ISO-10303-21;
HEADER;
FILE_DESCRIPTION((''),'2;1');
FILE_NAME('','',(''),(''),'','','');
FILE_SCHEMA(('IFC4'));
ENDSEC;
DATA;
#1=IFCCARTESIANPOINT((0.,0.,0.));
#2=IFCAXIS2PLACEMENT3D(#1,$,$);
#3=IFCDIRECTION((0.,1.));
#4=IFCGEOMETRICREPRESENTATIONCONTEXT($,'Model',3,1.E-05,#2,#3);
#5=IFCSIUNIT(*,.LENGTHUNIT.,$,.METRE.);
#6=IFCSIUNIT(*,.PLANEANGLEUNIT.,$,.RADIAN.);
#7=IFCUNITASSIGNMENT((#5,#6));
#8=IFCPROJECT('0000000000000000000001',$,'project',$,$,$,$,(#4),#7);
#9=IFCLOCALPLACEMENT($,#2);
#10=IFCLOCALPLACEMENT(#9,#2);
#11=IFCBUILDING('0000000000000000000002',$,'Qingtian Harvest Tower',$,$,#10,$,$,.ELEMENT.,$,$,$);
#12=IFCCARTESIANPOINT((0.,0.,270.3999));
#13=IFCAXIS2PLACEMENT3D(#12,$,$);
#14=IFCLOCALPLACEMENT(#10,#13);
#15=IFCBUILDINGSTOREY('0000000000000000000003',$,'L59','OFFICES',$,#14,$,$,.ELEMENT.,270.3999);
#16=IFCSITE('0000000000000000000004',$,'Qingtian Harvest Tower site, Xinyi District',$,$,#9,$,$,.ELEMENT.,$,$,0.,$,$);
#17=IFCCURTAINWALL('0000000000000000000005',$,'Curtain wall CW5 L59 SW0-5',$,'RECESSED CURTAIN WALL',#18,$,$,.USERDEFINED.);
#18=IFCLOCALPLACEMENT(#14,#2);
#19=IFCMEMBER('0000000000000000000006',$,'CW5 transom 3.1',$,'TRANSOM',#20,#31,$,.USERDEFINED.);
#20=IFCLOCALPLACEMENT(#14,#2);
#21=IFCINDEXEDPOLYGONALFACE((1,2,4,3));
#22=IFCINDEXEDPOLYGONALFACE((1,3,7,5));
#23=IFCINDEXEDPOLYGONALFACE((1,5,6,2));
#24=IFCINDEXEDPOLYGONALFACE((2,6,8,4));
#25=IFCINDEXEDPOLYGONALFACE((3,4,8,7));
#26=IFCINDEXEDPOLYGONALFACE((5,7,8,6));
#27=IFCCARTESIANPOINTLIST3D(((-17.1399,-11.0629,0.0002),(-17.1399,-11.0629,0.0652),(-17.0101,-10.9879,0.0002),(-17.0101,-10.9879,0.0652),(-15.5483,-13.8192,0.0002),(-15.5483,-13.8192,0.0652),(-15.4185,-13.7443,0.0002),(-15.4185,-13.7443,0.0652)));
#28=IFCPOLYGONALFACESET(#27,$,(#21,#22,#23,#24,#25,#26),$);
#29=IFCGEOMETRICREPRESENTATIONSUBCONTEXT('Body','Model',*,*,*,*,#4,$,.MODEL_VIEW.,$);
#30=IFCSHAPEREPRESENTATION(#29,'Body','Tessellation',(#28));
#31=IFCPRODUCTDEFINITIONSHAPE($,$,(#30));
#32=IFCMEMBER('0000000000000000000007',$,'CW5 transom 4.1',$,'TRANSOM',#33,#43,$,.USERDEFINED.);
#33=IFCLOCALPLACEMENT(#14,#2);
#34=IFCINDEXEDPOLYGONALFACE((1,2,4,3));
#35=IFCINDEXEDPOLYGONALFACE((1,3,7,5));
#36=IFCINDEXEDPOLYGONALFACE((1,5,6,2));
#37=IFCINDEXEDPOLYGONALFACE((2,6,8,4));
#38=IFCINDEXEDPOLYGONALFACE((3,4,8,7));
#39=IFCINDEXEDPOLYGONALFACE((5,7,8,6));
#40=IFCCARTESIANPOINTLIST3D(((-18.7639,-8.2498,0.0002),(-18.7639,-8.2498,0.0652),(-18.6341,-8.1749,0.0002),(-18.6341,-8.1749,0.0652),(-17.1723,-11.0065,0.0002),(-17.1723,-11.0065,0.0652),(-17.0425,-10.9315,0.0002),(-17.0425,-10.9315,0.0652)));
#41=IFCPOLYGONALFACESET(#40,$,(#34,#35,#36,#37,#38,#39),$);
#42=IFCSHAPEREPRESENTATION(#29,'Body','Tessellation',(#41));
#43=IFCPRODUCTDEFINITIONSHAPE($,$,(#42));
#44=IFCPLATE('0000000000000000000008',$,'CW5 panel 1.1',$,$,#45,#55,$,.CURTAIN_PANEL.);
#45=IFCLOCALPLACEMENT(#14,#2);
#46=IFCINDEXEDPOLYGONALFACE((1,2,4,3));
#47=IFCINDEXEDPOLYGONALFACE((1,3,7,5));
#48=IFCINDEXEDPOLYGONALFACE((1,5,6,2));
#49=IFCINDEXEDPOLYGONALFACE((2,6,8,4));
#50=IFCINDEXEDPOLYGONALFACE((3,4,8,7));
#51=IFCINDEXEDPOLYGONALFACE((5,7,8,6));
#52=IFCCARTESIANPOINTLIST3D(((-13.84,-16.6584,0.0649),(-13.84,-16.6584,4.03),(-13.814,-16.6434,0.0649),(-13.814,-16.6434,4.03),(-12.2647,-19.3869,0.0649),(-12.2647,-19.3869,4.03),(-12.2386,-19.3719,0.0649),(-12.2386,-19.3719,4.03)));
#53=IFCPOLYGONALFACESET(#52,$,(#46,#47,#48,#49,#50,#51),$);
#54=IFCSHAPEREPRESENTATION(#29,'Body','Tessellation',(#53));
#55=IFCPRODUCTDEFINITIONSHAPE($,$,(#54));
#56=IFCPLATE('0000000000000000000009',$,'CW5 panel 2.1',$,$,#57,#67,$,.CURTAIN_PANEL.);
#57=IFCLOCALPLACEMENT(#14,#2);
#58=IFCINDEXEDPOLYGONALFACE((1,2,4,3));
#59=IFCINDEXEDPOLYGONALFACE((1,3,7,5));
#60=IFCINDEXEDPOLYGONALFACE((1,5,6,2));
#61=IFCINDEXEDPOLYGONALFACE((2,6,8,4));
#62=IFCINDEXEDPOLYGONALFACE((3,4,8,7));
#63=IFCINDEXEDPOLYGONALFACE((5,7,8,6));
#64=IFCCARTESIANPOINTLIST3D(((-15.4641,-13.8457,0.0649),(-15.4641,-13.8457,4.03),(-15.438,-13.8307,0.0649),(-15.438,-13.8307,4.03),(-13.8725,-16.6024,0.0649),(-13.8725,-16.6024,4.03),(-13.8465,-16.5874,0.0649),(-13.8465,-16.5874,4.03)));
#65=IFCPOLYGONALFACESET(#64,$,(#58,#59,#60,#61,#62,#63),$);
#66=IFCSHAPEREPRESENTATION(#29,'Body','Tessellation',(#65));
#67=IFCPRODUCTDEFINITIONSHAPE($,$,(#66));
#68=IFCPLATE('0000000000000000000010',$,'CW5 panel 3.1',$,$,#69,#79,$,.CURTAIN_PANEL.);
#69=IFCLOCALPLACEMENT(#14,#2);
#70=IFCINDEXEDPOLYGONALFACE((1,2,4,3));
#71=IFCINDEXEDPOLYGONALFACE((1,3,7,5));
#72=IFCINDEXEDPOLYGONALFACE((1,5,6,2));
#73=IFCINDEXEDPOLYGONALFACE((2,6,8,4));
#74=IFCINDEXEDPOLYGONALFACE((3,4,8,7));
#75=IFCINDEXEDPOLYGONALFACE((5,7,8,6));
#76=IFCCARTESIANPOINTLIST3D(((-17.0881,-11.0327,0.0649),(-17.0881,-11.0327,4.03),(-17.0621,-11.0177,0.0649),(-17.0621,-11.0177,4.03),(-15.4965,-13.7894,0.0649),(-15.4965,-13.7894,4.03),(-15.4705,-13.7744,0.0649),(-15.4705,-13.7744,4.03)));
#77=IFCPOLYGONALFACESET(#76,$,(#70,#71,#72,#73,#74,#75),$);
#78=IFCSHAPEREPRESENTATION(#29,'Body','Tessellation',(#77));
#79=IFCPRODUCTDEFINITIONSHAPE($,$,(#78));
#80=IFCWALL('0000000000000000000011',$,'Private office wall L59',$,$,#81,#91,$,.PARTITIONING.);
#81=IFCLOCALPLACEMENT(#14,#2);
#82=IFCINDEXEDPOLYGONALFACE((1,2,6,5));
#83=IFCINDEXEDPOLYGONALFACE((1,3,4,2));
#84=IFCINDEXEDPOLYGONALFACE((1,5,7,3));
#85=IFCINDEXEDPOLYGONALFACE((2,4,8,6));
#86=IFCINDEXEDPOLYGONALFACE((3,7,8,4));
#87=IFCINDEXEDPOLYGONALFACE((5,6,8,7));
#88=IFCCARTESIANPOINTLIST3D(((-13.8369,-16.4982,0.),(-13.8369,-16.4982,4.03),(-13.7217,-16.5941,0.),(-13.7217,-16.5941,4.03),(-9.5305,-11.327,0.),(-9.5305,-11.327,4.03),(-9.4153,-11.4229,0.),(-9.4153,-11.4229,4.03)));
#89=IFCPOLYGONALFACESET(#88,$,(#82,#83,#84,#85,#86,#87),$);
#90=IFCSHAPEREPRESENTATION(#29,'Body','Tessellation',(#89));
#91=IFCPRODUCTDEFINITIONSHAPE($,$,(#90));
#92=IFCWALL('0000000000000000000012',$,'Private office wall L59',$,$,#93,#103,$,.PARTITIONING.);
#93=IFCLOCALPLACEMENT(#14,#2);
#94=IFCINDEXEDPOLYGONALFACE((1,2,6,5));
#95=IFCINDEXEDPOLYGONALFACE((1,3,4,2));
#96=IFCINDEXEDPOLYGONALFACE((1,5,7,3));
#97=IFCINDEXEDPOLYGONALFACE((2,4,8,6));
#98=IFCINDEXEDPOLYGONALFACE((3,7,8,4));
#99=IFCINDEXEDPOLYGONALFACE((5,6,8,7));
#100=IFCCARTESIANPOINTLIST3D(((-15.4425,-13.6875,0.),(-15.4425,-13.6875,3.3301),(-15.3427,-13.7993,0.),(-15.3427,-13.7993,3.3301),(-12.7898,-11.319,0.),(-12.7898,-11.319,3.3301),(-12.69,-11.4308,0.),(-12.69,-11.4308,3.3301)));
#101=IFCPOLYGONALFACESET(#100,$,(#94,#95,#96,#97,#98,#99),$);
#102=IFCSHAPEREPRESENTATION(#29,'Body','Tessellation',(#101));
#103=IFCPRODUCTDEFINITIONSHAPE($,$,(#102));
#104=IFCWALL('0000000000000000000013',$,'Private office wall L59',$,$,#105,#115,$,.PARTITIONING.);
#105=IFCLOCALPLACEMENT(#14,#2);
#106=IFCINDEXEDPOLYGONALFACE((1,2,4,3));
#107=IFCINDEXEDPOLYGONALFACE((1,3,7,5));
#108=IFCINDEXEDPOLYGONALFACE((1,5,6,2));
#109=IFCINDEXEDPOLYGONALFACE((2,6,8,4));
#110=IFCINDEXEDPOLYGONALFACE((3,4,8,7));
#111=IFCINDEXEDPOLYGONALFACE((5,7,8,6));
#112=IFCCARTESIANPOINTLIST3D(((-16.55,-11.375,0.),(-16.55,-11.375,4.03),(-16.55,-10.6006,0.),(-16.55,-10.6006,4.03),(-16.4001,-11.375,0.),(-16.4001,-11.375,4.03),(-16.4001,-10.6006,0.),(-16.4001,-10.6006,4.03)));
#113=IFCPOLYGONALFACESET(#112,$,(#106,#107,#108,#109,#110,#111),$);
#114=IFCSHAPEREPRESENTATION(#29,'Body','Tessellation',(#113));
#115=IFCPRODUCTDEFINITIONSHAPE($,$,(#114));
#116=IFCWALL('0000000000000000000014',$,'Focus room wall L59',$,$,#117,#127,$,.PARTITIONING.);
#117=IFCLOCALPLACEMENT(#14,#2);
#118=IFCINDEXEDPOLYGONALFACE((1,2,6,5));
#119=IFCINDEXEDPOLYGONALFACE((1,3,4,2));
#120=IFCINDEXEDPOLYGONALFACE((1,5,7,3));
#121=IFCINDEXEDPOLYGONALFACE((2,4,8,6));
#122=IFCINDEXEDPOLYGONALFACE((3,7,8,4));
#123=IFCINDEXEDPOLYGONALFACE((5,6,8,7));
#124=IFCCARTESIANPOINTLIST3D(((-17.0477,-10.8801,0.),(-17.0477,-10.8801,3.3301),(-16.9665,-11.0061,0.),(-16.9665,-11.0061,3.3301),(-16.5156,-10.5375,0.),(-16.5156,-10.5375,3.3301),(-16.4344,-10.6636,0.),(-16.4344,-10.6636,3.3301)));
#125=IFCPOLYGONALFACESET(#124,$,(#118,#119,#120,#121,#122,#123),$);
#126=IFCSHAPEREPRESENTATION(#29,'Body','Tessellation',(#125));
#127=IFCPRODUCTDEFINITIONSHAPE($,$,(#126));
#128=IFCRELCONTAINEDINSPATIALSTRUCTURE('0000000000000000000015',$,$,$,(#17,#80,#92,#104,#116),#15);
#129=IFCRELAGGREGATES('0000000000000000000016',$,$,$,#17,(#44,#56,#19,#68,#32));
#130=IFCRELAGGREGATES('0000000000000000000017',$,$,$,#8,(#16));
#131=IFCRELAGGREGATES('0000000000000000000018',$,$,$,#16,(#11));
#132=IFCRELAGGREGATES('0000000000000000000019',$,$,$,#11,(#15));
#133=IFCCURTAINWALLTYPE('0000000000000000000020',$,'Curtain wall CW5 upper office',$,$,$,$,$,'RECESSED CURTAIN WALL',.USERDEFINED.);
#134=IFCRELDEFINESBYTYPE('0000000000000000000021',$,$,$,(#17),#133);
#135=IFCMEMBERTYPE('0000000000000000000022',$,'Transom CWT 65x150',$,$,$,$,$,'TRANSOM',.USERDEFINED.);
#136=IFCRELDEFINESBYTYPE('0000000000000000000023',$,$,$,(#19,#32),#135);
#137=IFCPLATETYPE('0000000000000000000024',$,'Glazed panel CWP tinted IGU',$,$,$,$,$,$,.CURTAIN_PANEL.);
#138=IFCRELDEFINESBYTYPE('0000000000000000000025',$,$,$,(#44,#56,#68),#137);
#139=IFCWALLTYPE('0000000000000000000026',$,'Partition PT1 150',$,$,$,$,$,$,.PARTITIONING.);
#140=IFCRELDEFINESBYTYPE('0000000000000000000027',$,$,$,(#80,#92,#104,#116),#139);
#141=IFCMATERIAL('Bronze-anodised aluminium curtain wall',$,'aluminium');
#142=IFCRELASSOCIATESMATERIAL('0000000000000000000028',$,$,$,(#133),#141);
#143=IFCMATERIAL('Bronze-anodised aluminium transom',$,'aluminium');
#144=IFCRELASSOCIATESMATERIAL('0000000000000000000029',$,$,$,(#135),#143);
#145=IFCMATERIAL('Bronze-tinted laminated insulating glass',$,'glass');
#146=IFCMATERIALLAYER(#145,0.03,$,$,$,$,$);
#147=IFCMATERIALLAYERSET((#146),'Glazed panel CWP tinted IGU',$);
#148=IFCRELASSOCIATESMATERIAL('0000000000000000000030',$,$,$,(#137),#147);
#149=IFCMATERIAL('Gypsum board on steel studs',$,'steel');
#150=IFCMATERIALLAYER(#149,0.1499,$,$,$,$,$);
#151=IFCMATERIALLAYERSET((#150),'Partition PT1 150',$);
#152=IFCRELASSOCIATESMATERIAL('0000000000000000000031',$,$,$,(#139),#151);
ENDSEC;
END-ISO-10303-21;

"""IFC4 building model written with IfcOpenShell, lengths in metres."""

from ifc_helpers import new_model, si_unit, direction, frame, frame_2d, origin, origin_2d, place, context, subcontext, project, spatial, rectangle, extrude, material, layer, layer_set, material_profile, profile_set, type_object, element, aggregate, save


model = new_model("IFC4")

# Units and contexts
model_context = context("Model", 3, precision=1e-05, world=origin(), true_north=direction((0.0, 1.0)))
body_context = subcontext(model_context, "Body", "Model", "MODEL_VIEW")
ifc_project = project(units=[si_unit("LENGTHUNIT", "METRE"), si_unit("PLANEANGLEUNIT", "RADIAN")], contexts=[model_context])

# Site, building, storey
site_placement = place(None, origin())
site = spatial("IfcSite", under=ifc_project, at=site_placement, Name="Qingtian Harvest Tower site, Xinyi District", CompositionType="ELEMENT", RefElevation=0.0)
building_placement = place(site_placement, origin())
building = spatial("IfcBuilding", under=site, at=building_placement, Name="Qingtian Harvest Tower", CompositionType="ELEMENT")
storey_placement = place(building_placement, frame((0.0, 0.0, 270.3999)))
storey = spatial("IfcBuildingStorey", under=building, at=storey_placement, Name="L59", Description="OFFICES", CompositionType="ELEMENT", Elevation=270.3999)

# Curtain wall
ifc_material_1 = material(Name="Bronze-anodised aluminium curtain wall", Category="aluminium")
curtain_wall_type = type_object("IfcCurtainWallType", Name="Curtain wall CW5 upper office", ElementType="RECESSED CURTAIN WALL", PredefinedType="USERDEFINED", material=ifc_material_1)
curtain_wall_placement = place(storey_placement, origin())
curtain_wall = element("IfcCurtainWall", 1, at=curtain_wall_placement, inside=storey, type_object=curtain_wall_type, Name="Curtain wall CW5 L59 SW0-5", ObjectType="RECESSED CURTAIN WALL", PredefinedType="USERDEFINED")

# Members
ifc_material_2 = material(Name="Bronze-anodised aluminium transom", Category="aluminium")
ifc_material_profile_1 = material_profile(ifc_material_2, rectangle(XDim=0.1499, YDim=0.0649, at=origin_2d()), Name="AL 65x150")
ifc_profile_set_1 = profile_set([ifc_material_profile_1], Name="Bronze-anodised aluminium transom")
member_type_1 = type_object("IfcMemberType", Name="Transom CWT 65x150", ElementType="TRANSOM", PredefinedType="USERDEFINED", material=ifc_profile_set_1)
member_1_placement = place(storey_placement, frame((-15.4834, -13.7817, 0.0327), z_axis=(-0.500041, 0.866002, 0.0), x_axis=(-0.866002, -0.500041, 0.0)))
member_1 = element("IfcMember", 2, at=member_1_placement, type_object=member_type_1, Name="CW5 transom 3.1", ObjectType="TRANSOM", PredefinedType="USERDEFINED", context=body_context, shape_type="SweptSolid", body=[
    extrude(rectangle(XDim=0.1499, YDim=0.0649, at=origin_2d()), origin(), (0.0, 0.0, 1.0), 3.1829),
])
member_2_placement = place(storey_placement, frame((-17.1074, -10.969, 0.0327), z_axis=(-0.500008, 0.866021, 0.0), x_axis=(-0.866021, -0.500008, 0.0)))
member_2 = element("IfcMember", 3, at=member_2_placement, type_object=member_type_1, Name="CW5 transom 4.1", ObjectType="TRANSOM", PredefinedType="USERDEFINED", context=body_context, shape_type="SweptSolid", body=[
    extrude(rectangle(XDim=0.1499, YDim=0.0649, at=origin_2d()), origin(), (0.0, 0.0, 1.0), 3.1831),
])

# Plates
ifc_material_3 = material(Name="Bronze-tinted laminated insulating glass", Category="glass")
ifc_layer_1 = layer(ifc_material_3, 0.03)
ifc_layer_set_1 = layer_set([ifc_layer_1], Name="Glazed panel CWP tinted IGU")
plate_type = type_object("IfcPlateType", Name="Glazed panel CWP tinted IGU", PredefinedType="CURTAIN_PANEL", material=ifc_layer_set_1)
plate_1_placement = place(storey_placement, frame((-13.0393, -18.0151, 0.0649), z_axis=(0.0, 0.0, 1.0), x_axis=(-0.5, 0.866025, 0.0)))
plate_1 = element("IfcPlate", 4, at=plate_1_placement, type_object=plate_type, Name="CW5 panel 1.1", PredefinedType="CURTAIN_PANEL", context=body_context, shape_type="SweptSolid", body=[
    extrude(rectangle(XDim=3.1506, YDim=0.03, at=origin_2d()), origin(), (0.0, 0.0, 1.0), 3.9651),
])
plate_2_placement = place(storey_placement, frame((-14.6553, -15.2166, 0.0649), z_axis=(0.0, 0.0, 1.0), x_axis=(-0.5, 0.866025, 0.0)))
plate_2 = element("IfcPlate", 5, at=plate_2_placement, type_object=plate_type, Name="CW5 panel 2.1", PredefinedType="CURTAIN_PANEL", context=body_context, shape_type="SweptSolid", body=[
    extrude(rectangle(XDim=3.1831, YDim=0.03, at=origin_2d()), origin(), (0.0, 0.0, 1.0), 3.9651),
])
plate_3_placement = place(storey_placement, frame((-16.2793, -12.4036, 0.0649), z_axis=(0.0, 0.0, 1.0), x_axis=(-0.5, 0.866025, 0.0)))
plate_3 = element("IfcPlate", 6, at=plate_3_placement, type_object=plate_type, Name="CW5 panel 3.1", PredefinedType="CURTAIN_PANEL", context=body_context, shape_type="SweptSolid", body=[
    extrude(rectangle(XDim=3.1831, YDim=0.03, at=origin_2d()), origin(), (0.0, 0.0, 1.0), 3.9651),
])
aggregate(curtain_wall, [plate_1, plate_2, member_1, plate_3, member_2])

# Walls
ifc_material_4 = material(Name="Gypsum board on steel studs", Category="steel")
ifc_layer_2 = layer(ifc_material_4, 0.1499)
ifc_layer_set_2 = layer_set([ifc_layer_2], Name="Partition PT1 150")
wall_type = type_object("IfcWallType", Name="Partition PT1 150", PredefinedType="PARTITIONING", material=ifc_layer_set_2)
wall_1_placement = place(storey_placement, frame((-13.7793, -16.5461, 0.0), z_axis=(0.0, 0.0, 1.0), x_axis=(0.639931, 0.768432, 0.0)))
element("IfcWall", 7, at=wall_1_placement, inside=storey, type_object=wall_type, Name="Private office wall L59", PredefinedType="PARTITIONING", context=body_context, shape_type="SweptSolid", body=[
    extrude(rectangle(XDim=6.7295, YDim=0.1499, at=frame_2d((3.3647, 0.0))), origin(), (0.0, 0.0, 1.0), 4.03),
])
wall_2_placement = place(storey_placement, frame((-15.3926, -13.7434, 0.0), z_axis=(0.0, 0.0, 1.0), x_axis=(0.745934, 0.66602, 0.0)))
element("IfcWall", 8, at=wall_2_placement, inside=storey, type_object=wall_type, Name="Private office wall L59", PredefinedType="PARTITIONING", context=body_context, shape_type="SweptSolid", body=[
    extrude(rectangle(XDim=3.5562, YDim=0.1499, at=frame_2d((1.7781, 0.0))), origin(), (0.0, 0.0, 1.0), 3.3301),
])

# Walls
wall_3_placement = place(storey_placement, frame((-16.4751, -11.375, 0.0), z_axis=(0.0, 0.0, 1.0), x_axis=(0.0, 1.0, 0.0)))
element("IfcWall", 9, at=wall_3_placement, inside=storey, type_object=wall_type, Name="Private office wall L59", PredefinedType="PARTITIONING", context=body_context, shape_type="SweptSolid", body=[
    extrude(rectangle(XDim=0.7744, YDim=0.1499, at=frame_2d((0.3872, 0.0))), origin(), (0.0, 0.0, 1.0), 4.03),
])
wall_4_placement = place(storey_placement, frame((-17.0071, -10.9431, 0.0), z_axis=(0.0, 0.0, 1.0), x_axis=(0.84079, 0.541362, 0.0)))
element("IfcWall", 10, at=wall_4_placement, inside=storey, type_object=wall_type, Name="Focus room wall L59", PredefinedType="PARTITIONING", context=body_context, shape_type="SweptSolid", body=[
    extrude(rectangle(XDim=0.6328, YDim=0.1499, at=frame_2d((0.3164, 0.0))), origin(), (0.0, 0.0, 1.0), 3.3301),
])

save(model, "model.ifc")
